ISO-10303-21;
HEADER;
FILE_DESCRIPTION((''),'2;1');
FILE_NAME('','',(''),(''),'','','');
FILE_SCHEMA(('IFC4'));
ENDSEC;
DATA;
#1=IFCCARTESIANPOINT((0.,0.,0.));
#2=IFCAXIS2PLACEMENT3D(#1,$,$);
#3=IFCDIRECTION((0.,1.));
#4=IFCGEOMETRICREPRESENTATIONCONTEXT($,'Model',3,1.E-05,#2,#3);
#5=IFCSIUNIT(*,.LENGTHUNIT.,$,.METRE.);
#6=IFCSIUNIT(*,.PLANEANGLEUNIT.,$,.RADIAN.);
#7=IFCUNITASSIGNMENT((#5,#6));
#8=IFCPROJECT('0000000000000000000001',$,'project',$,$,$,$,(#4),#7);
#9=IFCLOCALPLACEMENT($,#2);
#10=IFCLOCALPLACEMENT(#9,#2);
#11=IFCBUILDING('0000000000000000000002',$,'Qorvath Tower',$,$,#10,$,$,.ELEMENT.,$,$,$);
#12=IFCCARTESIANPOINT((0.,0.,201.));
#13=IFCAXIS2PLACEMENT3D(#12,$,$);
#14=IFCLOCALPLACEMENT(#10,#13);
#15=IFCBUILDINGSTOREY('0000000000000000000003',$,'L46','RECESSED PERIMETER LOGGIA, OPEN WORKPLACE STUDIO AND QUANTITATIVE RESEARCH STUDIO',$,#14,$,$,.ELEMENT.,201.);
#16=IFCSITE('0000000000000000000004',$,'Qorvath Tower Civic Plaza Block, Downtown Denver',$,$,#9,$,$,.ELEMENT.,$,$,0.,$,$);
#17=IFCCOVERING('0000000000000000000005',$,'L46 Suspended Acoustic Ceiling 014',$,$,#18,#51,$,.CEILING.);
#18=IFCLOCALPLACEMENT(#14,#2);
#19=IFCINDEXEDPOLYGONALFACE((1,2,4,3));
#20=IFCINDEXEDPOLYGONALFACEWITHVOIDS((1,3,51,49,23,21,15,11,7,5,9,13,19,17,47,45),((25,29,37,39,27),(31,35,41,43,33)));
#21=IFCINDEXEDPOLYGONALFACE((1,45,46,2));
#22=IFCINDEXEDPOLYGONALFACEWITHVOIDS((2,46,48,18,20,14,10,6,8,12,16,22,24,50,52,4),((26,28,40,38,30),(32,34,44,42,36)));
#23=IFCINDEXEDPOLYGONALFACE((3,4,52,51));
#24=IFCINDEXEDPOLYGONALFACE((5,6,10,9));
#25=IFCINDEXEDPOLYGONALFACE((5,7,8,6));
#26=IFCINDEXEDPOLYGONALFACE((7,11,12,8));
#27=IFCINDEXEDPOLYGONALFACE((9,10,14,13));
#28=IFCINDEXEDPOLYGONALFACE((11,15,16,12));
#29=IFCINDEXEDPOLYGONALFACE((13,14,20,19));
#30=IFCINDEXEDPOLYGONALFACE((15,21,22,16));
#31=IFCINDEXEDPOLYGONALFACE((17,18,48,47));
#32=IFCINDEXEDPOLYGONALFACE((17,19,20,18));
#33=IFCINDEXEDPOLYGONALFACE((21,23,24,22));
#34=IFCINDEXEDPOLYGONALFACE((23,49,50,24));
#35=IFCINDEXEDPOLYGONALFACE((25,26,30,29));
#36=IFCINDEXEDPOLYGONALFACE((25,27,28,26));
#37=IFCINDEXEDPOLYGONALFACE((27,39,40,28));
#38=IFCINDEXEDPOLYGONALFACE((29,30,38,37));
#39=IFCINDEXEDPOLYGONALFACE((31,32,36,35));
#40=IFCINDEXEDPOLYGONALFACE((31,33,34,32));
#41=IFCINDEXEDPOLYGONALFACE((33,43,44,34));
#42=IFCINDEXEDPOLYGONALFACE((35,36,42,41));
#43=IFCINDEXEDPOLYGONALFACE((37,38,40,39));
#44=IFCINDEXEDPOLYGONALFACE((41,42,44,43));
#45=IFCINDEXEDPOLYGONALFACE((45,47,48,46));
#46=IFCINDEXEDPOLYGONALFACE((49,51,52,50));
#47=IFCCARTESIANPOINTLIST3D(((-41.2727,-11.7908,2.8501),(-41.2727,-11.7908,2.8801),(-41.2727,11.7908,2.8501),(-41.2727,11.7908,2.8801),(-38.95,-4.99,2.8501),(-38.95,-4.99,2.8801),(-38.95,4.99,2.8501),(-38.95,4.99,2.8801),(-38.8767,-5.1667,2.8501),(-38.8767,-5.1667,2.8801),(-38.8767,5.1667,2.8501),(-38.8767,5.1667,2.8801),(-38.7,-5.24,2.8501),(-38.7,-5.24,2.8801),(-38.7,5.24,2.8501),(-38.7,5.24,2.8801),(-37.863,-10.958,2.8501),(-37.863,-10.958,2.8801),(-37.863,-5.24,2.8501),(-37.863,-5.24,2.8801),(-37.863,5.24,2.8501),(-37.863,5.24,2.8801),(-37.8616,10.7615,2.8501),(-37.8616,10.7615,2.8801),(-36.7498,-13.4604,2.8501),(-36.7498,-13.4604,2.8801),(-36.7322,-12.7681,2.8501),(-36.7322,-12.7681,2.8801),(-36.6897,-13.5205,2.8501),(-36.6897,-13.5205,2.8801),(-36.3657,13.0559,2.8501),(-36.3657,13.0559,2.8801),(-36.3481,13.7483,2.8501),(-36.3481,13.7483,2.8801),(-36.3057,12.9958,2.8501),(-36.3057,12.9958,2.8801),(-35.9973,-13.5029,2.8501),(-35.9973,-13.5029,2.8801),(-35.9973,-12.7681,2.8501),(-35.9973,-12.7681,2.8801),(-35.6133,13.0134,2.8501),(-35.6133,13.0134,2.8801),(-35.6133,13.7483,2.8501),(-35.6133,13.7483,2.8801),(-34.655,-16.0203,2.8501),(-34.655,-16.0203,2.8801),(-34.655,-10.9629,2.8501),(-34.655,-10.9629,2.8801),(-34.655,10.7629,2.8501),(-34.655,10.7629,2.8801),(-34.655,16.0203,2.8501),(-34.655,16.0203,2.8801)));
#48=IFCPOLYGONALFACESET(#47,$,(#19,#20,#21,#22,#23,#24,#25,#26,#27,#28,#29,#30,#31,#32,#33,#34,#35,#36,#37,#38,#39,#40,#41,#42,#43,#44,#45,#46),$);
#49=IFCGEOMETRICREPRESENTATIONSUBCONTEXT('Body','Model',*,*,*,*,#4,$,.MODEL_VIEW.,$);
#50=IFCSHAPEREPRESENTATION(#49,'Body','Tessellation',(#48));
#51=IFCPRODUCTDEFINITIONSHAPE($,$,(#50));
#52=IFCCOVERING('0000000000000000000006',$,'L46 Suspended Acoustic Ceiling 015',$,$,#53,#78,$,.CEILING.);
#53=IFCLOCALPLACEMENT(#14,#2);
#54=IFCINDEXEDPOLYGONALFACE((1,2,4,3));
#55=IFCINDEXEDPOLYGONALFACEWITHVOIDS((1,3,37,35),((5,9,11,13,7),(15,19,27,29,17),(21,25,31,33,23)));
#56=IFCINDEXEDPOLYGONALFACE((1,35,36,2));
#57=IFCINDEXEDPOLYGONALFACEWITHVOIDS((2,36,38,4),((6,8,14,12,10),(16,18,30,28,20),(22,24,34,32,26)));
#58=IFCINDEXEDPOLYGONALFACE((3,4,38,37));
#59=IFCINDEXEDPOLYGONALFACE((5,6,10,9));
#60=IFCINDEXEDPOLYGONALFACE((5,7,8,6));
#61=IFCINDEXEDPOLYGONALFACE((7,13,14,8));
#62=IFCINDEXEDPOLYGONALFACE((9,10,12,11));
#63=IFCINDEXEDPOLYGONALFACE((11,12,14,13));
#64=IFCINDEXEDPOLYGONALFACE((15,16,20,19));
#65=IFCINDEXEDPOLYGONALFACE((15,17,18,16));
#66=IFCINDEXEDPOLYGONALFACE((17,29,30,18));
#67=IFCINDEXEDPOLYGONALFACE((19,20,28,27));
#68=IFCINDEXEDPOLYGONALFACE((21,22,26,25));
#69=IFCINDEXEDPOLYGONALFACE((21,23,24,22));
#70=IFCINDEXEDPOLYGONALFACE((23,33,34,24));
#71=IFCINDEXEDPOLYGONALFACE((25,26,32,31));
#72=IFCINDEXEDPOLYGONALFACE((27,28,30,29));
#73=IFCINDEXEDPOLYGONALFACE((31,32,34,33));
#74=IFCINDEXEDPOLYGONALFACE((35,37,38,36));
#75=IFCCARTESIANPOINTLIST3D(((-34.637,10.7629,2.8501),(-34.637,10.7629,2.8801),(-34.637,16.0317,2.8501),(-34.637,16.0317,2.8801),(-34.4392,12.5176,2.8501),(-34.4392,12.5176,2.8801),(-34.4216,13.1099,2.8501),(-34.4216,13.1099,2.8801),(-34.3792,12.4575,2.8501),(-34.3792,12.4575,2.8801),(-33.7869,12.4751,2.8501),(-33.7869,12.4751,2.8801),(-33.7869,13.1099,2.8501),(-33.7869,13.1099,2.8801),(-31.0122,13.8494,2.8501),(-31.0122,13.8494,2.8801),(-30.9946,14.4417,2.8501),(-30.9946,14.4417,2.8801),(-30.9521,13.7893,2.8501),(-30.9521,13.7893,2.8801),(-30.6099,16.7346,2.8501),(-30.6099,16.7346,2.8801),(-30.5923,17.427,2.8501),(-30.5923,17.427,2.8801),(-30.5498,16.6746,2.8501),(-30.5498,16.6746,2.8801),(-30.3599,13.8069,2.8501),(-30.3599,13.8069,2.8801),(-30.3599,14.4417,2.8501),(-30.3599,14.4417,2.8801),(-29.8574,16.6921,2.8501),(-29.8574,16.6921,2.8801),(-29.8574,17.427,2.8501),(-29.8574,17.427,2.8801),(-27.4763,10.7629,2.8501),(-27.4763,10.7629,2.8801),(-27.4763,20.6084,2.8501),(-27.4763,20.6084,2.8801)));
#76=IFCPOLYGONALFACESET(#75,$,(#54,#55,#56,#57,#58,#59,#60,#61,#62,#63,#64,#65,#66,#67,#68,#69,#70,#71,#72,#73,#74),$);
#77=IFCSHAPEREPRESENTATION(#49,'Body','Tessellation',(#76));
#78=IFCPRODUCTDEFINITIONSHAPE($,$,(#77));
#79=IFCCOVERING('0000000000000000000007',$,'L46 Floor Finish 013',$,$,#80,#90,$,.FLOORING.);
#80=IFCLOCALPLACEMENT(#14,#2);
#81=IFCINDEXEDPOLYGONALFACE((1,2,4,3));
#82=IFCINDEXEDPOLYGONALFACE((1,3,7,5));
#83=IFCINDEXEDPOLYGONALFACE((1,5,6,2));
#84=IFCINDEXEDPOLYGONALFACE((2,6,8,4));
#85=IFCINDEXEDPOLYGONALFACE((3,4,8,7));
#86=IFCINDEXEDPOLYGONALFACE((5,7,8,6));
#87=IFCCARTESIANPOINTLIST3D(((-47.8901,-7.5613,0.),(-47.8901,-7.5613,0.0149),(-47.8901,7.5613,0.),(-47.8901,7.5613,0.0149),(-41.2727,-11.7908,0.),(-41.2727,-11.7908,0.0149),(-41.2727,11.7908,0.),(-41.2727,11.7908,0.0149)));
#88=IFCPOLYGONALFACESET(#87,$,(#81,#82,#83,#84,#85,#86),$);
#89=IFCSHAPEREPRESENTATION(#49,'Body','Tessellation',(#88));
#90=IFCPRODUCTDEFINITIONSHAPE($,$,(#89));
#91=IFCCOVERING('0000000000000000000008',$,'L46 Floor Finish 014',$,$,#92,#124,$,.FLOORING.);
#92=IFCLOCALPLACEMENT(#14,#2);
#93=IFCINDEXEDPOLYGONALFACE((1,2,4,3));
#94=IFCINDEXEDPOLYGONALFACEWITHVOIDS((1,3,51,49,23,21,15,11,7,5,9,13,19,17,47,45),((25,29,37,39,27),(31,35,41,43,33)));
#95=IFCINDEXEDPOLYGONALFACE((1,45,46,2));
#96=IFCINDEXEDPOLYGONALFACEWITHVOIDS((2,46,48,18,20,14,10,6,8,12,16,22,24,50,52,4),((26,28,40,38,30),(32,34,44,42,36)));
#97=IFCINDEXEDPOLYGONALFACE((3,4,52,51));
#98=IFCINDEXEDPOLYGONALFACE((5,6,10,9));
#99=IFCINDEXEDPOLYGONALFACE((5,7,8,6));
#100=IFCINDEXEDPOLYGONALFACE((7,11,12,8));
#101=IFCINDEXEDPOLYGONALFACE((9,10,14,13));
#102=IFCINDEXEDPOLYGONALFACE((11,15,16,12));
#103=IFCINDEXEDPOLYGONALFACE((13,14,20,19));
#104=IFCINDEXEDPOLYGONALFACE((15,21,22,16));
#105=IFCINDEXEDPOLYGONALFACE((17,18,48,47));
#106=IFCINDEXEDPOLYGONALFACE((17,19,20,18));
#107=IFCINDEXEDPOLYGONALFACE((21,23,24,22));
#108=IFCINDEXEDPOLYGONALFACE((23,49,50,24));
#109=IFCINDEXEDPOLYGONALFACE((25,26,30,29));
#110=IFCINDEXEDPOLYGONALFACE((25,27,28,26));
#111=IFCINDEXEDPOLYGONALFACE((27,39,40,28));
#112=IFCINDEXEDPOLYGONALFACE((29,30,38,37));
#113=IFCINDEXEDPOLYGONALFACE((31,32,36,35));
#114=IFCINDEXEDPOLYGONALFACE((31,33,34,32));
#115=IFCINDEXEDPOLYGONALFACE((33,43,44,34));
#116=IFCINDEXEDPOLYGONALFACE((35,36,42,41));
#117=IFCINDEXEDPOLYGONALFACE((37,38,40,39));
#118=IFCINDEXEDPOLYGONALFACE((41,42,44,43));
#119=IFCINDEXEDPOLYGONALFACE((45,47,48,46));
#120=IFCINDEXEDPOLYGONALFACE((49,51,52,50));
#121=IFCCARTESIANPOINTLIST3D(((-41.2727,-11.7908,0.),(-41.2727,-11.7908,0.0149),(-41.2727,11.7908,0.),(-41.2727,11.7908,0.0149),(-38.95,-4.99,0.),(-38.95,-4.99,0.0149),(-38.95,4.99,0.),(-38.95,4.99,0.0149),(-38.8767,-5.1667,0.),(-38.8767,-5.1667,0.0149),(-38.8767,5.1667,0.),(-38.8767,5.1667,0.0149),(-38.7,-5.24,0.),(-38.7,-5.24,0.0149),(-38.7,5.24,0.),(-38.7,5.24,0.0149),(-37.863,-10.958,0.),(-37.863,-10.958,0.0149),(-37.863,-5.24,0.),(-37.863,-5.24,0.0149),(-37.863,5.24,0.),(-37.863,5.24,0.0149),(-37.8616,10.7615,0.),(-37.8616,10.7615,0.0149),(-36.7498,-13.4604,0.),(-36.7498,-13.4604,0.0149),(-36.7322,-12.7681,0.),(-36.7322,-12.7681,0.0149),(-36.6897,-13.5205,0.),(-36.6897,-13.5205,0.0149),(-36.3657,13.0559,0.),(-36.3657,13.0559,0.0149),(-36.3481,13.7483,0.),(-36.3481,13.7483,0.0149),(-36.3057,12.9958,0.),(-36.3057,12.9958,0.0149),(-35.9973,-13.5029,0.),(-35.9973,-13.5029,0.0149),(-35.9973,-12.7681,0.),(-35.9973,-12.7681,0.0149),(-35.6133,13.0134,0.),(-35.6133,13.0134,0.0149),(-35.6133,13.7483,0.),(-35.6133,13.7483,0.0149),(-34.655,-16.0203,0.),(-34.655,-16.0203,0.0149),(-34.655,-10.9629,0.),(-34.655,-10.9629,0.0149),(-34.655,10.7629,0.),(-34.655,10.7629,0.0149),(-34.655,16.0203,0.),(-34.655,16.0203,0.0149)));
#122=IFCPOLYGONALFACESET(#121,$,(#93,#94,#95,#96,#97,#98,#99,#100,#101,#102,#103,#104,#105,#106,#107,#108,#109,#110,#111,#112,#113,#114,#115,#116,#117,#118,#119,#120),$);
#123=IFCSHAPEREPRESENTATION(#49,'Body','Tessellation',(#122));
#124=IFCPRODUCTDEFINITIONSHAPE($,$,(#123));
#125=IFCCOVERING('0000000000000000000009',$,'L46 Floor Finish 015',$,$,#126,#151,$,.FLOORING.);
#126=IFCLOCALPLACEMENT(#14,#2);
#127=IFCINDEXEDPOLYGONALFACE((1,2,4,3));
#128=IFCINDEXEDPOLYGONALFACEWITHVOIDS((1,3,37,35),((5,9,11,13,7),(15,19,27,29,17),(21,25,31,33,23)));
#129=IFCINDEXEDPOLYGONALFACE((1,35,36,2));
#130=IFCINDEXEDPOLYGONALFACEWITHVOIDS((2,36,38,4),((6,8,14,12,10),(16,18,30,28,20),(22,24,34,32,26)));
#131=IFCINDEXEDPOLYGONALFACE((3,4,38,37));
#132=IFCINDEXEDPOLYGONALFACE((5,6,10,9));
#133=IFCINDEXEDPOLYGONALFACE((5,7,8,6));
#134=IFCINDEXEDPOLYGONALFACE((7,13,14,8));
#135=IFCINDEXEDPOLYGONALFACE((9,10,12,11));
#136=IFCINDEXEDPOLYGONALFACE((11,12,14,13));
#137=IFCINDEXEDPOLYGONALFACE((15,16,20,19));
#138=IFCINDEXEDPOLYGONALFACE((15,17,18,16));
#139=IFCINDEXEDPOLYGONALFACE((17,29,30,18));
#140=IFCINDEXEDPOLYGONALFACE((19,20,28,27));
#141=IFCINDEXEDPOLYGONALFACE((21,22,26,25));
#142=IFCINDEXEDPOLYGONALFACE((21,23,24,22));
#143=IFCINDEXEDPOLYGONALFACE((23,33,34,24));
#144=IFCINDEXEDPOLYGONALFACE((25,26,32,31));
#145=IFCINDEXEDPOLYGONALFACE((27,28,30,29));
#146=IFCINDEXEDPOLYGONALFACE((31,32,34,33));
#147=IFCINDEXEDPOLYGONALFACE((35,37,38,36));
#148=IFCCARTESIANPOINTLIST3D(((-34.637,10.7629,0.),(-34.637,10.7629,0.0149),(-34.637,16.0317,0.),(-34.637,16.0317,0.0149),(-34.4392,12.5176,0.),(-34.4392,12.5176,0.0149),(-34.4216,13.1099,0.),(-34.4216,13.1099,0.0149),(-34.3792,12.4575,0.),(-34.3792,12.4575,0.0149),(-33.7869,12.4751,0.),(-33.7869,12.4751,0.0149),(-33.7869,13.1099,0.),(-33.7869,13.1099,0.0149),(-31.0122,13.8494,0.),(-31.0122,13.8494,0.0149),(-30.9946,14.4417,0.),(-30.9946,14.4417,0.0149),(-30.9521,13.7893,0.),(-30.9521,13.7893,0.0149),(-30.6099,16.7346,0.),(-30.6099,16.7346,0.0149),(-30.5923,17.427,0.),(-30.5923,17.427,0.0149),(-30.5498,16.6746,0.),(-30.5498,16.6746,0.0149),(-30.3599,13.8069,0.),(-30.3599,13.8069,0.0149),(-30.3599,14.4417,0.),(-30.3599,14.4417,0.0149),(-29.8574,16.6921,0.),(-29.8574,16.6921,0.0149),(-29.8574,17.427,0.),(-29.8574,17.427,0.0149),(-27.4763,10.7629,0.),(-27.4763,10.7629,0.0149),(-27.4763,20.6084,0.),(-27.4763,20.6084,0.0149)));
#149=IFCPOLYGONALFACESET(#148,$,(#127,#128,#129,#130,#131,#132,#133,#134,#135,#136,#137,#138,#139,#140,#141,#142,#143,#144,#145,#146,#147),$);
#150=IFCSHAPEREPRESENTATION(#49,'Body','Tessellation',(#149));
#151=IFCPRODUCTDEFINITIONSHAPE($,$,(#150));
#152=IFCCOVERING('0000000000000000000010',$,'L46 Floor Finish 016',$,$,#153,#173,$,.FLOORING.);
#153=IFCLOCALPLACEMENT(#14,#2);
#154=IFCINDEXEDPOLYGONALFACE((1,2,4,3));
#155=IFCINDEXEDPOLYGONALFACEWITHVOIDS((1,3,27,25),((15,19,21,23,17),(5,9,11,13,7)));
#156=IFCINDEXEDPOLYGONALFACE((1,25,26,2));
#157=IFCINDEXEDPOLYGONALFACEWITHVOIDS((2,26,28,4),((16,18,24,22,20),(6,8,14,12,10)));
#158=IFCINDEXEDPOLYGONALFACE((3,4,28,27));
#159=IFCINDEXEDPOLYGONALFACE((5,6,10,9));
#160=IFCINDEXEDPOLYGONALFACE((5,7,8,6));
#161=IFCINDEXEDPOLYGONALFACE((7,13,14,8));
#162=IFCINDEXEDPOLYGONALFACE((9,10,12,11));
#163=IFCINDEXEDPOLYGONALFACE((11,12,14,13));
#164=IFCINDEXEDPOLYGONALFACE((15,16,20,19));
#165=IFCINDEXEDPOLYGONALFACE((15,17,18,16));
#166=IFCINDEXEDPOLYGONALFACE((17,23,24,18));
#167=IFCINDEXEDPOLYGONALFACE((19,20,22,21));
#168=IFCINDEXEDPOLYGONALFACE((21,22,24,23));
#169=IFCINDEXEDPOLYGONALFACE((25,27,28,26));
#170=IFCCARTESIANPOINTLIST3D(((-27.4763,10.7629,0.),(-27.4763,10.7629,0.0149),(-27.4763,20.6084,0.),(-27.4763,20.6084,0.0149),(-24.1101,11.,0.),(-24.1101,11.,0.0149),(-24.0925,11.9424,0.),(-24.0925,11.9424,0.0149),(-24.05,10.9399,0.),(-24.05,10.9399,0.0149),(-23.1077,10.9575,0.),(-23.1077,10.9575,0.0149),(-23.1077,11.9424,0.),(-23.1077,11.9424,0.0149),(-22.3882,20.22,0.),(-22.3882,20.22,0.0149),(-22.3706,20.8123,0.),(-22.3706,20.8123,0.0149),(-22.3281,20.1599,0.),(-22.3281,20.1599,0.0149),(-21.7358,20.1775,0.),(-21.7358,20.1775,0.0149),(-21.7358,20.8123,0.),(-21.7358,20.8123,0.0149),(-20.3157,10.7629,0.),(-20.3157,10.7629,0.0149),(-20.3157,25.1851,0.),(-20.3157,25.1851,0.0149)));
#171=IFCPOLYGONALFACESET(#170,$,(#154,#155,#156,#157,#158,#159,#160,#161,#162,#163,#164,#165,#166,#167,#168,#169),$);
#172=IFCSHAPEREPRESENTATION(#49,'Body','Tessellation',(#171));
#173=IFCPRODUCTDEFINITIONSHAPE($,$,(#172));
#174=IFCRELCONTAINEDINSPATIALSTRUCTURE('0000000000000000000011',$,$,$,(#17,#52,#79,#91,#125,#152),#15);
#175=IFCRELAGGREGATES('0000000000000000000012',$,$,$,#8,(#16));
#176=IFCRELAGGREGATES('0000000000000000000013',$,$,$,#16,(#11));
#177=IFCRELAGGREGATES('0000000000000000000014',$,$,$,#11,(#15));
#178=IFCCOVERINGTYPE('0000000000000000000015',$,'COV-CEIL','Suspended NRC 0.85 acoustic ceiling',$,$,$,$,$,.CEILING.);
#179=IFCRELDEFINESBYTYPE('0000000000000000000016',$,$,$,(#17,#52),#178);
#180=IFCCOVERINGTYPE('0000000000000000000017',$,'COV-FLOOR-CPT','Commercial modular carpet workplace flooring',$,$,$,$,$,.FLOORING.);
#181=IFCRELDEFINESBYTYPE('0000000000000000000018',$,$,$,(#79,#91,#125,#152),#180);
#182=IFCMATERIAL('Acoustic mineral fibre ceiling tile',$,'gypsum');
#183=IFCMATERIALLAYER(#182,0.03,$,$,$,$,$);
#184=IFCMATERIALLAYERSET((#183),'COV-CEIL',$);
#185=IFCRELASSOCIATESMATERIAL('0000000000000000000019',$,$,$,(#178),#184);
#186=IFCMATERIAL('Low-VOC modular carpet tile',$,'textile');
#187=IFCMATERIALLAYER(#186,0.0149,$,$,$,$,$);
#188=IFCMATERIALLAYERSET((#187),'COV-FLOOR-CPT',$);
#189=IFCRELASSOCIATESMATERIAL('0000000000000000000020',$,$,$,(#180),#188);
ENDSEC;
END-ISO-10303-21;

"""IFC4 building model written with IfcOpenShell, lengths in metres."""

from ifc_helpers import new_model, si_unit, direction, frame, origin, place, context, subcontext, project, spatial, polyline, outline, extrude, material, layer, layer_set, type_object, element, save


model = new_model("IFC4")

# Units and contexts
model_context = context("Model", 3, precision=1e-05, world=origin(), true_north=direction((0.0, 1.0)))
body_context = subcontext(model_context, "Body", "Model", "MODEL_VIEW")
ifc_project = project(units=[si_unit("LENGTHUNIT", "METRE"), si_unit("PLANEANGLEUNIT", "RADIAN")], contexts=[model_context])

# Site, building, storey
site_placement = place(None, origin())
site = spatial("IfcSite", under=ifc_project, at=site_placement, Name="Qorvath Tower Civic Plaza Block, Downtown Denver", CompositionType="ELEMENT", RefElevation=0.0)
building_placement = place(site_placement, origin())
building = spatial("IfcBuilding", under=site, at=building_placement, Name="Qorvath Tower", CompositionType="ELEMENT")
storey_placement = place(building_placement, frame((0.0, 0.0, 201.0)))
storey = spatial("IfcBuildingStorey", under=building, at=storey_placement, Name="L46", Description="RECESSED PERIMETER LOGGIA, OPEN WORKPLACE STUDIO AND QUANTITATIVE RESEARCH STUDIO", CompositionType="ELEMENT", Elevation=201.0)

# Coverings
ifc_material_1 = material(Name="Acoustic mineral fibre ceiling tile", Category="gypsum")
ifc_layer_1 = layer(ifc_material_1, 0.03)
ifc_layer_set_1 = layer_set([ifc_layer_1], Name="COV-CEIL")
covering_type_1 = type_object("IfcCoveringType", Name="COV-CEIL", Description="Suspended NRC 0.85 acoustic ceiling", PredefinedType="CEILING", material=ifc_layer_set_1)
covering_1_placement = place(storey_placement, frame((0.0, 0.0, 2.8501)))
element("IfcCovering", 1, at=covering_1_placement, inside=storey, type_object=covering_type_1, Name="L46 Suspended Acoustic Ceiling 014", PredefinedType="CEILING", context=body_context, shape_type="SweptSolid", body=[
    extrude(outline(polyline([(-34.655, 10.7629), (-34.655, 16.0203), (-41.2727, 11.7908), (-41.2727, -11.7908), (-34.655, -16.0203), (-34.655, -10.9629), (-37.863, -10.958), (-37.863, -5.24), (-38.7, -5.24), (-38.8767, -5.1667), (-38.95, -4.99), (-38.95, 4.99), (-38.8767, 5.1667), (-38.7, 5.24), (-37.863, 5.24), (-37.8616, 10.7615), (-34.655, 10.7629)]), holes=[polyline([(-36.3657, 13.0559), (-36.3481, 13.7483), (-35.6133, 13.7483), (-35.6133, 13.0134), (-36.3057, 12.9958), (-36.3657, 13.0559)]), polyline([(-36.7498, -13.4604), (-36.7322, -12.7681), (-35.9973, -12.7681), (-35.9973, -13.5029), (-36.6897, -13.5205), (-36.7498, -13.4604)])]), origin(), (0.0, 0.0, 1.0), 0.03),
])
covering_2_placement = place(storey_placement, frame((0.0, 0.0, 2.8501)))
element("IfcCovering", 2, at=covering_2_placement, inside=storey, type_object=covering_type_1, Name="L46 Suspended Acoustic Ceiling 015", PredefinedType="CEILING", context=body_context, shape_type="SweptSolid", body=[
    extrude(outline(polyline([(-27.4763, 10.7629), (-27.4763, 20.6084), (-34.637, 16.0317), (-34.637, 10.7629), (-27.4763, 10.7629)]), holes=[polyline([(-30.6099, 16.7346), (-30.5923, 17.427), (-29.8574, 17.427), (-29.8574, 16.6921), (-30.5498, 16.6746), (-30.6099, 16.7346)]), polyline([(-31.0122, 13.8494), (-30.9946, 14.4417), (-30.3599, 14.4417), (-30.3599, 13.8069), (-30.9521, 13.7893), (-31.0122, 13.8494)]), polyline([(-34.4392, 12.5176), (-34.4216, 13.1099), (-33.7869, 13.1099), (-33.7869, 12.4751), (-34.3792, 12.4575), (-34.4392, 12.5176)])]), origin(), (0.0, 0.0, 1.0), 0.03),
])
ifc_material_2 = material(Name="Low-VOC modular carpet tile", Category="textile")
ifc_layer_2 = layer(ifc_material_2, 0.0149)
ifc_layer_set_2 = layer_set([ifc_layer_2], Name="COV-FLOOR-CPT")
covering_type_2 = type_object("IfcCoveringType", Name="COV-FLOOR-CPT", Description="Commercial modular carpet workplace flooring", PredefinedType="FLOORING", material=ifc_layer_set_2)
covering_3_placement = place(storey_placement, origin())
element("IfcCovering", 3, at=covering_3_placement, inside=storey, type_object=covering_type_2, Name="L46 Floor Finish 013", PredefinedType="FLOORING", context=body_context, shape_type="SweptSolid", body=[
    extrude(outline(polyline([(-41.2727, -11.7908), (-41.2727, 11.7908), (-47.8901, 7.5613), (-47.8901, -7.5613), (-41.2727, -11.7908)])), origin(), (0.0, 0.0, 1.0), 0.0149),
])
covering_4_placement = place(storey_placement, origin())
element("IfcCovering", 4, at=covering_4_placement, inside=storey, type_object=covering_type_2, Name="L46 Floor Finish 014", PredefinedType="FLOORING", context=body_context, shape_type="SweptSolid", body=[
    extrude(outline(polyline([(-34.655, 10.7629), (-34.655, 16.0203), (-41.2727, 11.7908), (-41.2727, -11.7908), (-34.655, -16.0203), (-34.655, -10.9629), (-37.863, -10.958), (-37.863, -5.24), (-38.7, -5.24), (-38.8767, -5.1667), (-38.95, -4.99), (-38.95, 4.99), (-38.8767, 5.1667), (-38.7, 5.24), (-37.863, 5.24), (-37.8616, 10.7615), (-34.655, 10.7629)]), holes=[polyline([(-36.3657, 13.0559), (-36.3481, 13.7483), (-35.6133, 13.7483), (-35.6133, 13.0134), (-36.3057, 12.9958), (-36.3657, 13.0559)]), polyline([(-36.7498, -13.4604), (-36.7322, -12.7681), (-35.9973, -12.7681), (-35.9973, -13.5029), (-36.6897, -13.5205), (-36.7498, -13.4604)])]), origin(), (0.0, 0.0, 1.0), 0.0149),
])
covering_5_placement = place(storey_placement, origin())
element("IfcCovering", 5, at=covering_5_placement, inside=storey, type_object=covering_type_2, Name="L46 Floor Finish 015", PredefinedType="FLOORING", context=body_context, shape_type="SweptSolid", body=[
    extrude(outline(polyline([(-27.4763, 10.7629), (-27.4763, 20.6084), (-34.637, 16.0317), (-34.637, 10.7629), (-27.4763, 10.7629)]), holes=[polyline([(-30.6099, 16.7346), (-30.5923, 17.427), (-29.8574, 17.427), (-29.8574, 16.6921), (-30.5498, 16.6746), (-30.6099, 16.7346)]), polyline([(-31.0122, 13.8494), (-30.9946, 14.4417), (-30.3599, 14.4417), (-30.3599, 13.8069), (-30.9521, 13.7893), (-31.0122, 13.8494)]), polyline([(-34.4392, 12.5176), (-34.4216, 13.1099), (-33.7869, 13.1099), (-33.7869, 12.4751), (-34.3792, 12.4575), (-34.4392, 12.5176)])]), origin(), (0.0, 0.0, 1.0), 0.0149),
])
covering_6_placement = place(storey_placement, origin())
element("IfcCovering", 6, at=covering_6_placement, inside=storey, type_object=covering_type_2, Name="L46 Floor Finish 016", PredefinedType="FLOORING", context=body_context, shape_type="SweptSolid", body=[
    extrude(outline(polyline([(-20.3157, 10.7629), (-20.3157, 25.1851), (-27.4763, 20.6084), (-27.4763, 10.7629), (-20.3157, 10.7629)]), holes=[polyline([(-22.3882, 20.22), (-22.3706, 20.8123), (-21.7358, 20.8123), (-21.7358, 20.1775), (-22.3281, 20.1599), (-22.3882, 20.22)]), polyline([(-24.1101, 11.0), (-24.0925, 11.9424), (-23.1077, 11.9424), (-23.1077, 10.9575), (-24.05, 10.9399), (-24.1101, 11.0)])]), origin(), (0.0, 0.0, 1.0), 0.0149),
])

save(model, "model.ifc")
